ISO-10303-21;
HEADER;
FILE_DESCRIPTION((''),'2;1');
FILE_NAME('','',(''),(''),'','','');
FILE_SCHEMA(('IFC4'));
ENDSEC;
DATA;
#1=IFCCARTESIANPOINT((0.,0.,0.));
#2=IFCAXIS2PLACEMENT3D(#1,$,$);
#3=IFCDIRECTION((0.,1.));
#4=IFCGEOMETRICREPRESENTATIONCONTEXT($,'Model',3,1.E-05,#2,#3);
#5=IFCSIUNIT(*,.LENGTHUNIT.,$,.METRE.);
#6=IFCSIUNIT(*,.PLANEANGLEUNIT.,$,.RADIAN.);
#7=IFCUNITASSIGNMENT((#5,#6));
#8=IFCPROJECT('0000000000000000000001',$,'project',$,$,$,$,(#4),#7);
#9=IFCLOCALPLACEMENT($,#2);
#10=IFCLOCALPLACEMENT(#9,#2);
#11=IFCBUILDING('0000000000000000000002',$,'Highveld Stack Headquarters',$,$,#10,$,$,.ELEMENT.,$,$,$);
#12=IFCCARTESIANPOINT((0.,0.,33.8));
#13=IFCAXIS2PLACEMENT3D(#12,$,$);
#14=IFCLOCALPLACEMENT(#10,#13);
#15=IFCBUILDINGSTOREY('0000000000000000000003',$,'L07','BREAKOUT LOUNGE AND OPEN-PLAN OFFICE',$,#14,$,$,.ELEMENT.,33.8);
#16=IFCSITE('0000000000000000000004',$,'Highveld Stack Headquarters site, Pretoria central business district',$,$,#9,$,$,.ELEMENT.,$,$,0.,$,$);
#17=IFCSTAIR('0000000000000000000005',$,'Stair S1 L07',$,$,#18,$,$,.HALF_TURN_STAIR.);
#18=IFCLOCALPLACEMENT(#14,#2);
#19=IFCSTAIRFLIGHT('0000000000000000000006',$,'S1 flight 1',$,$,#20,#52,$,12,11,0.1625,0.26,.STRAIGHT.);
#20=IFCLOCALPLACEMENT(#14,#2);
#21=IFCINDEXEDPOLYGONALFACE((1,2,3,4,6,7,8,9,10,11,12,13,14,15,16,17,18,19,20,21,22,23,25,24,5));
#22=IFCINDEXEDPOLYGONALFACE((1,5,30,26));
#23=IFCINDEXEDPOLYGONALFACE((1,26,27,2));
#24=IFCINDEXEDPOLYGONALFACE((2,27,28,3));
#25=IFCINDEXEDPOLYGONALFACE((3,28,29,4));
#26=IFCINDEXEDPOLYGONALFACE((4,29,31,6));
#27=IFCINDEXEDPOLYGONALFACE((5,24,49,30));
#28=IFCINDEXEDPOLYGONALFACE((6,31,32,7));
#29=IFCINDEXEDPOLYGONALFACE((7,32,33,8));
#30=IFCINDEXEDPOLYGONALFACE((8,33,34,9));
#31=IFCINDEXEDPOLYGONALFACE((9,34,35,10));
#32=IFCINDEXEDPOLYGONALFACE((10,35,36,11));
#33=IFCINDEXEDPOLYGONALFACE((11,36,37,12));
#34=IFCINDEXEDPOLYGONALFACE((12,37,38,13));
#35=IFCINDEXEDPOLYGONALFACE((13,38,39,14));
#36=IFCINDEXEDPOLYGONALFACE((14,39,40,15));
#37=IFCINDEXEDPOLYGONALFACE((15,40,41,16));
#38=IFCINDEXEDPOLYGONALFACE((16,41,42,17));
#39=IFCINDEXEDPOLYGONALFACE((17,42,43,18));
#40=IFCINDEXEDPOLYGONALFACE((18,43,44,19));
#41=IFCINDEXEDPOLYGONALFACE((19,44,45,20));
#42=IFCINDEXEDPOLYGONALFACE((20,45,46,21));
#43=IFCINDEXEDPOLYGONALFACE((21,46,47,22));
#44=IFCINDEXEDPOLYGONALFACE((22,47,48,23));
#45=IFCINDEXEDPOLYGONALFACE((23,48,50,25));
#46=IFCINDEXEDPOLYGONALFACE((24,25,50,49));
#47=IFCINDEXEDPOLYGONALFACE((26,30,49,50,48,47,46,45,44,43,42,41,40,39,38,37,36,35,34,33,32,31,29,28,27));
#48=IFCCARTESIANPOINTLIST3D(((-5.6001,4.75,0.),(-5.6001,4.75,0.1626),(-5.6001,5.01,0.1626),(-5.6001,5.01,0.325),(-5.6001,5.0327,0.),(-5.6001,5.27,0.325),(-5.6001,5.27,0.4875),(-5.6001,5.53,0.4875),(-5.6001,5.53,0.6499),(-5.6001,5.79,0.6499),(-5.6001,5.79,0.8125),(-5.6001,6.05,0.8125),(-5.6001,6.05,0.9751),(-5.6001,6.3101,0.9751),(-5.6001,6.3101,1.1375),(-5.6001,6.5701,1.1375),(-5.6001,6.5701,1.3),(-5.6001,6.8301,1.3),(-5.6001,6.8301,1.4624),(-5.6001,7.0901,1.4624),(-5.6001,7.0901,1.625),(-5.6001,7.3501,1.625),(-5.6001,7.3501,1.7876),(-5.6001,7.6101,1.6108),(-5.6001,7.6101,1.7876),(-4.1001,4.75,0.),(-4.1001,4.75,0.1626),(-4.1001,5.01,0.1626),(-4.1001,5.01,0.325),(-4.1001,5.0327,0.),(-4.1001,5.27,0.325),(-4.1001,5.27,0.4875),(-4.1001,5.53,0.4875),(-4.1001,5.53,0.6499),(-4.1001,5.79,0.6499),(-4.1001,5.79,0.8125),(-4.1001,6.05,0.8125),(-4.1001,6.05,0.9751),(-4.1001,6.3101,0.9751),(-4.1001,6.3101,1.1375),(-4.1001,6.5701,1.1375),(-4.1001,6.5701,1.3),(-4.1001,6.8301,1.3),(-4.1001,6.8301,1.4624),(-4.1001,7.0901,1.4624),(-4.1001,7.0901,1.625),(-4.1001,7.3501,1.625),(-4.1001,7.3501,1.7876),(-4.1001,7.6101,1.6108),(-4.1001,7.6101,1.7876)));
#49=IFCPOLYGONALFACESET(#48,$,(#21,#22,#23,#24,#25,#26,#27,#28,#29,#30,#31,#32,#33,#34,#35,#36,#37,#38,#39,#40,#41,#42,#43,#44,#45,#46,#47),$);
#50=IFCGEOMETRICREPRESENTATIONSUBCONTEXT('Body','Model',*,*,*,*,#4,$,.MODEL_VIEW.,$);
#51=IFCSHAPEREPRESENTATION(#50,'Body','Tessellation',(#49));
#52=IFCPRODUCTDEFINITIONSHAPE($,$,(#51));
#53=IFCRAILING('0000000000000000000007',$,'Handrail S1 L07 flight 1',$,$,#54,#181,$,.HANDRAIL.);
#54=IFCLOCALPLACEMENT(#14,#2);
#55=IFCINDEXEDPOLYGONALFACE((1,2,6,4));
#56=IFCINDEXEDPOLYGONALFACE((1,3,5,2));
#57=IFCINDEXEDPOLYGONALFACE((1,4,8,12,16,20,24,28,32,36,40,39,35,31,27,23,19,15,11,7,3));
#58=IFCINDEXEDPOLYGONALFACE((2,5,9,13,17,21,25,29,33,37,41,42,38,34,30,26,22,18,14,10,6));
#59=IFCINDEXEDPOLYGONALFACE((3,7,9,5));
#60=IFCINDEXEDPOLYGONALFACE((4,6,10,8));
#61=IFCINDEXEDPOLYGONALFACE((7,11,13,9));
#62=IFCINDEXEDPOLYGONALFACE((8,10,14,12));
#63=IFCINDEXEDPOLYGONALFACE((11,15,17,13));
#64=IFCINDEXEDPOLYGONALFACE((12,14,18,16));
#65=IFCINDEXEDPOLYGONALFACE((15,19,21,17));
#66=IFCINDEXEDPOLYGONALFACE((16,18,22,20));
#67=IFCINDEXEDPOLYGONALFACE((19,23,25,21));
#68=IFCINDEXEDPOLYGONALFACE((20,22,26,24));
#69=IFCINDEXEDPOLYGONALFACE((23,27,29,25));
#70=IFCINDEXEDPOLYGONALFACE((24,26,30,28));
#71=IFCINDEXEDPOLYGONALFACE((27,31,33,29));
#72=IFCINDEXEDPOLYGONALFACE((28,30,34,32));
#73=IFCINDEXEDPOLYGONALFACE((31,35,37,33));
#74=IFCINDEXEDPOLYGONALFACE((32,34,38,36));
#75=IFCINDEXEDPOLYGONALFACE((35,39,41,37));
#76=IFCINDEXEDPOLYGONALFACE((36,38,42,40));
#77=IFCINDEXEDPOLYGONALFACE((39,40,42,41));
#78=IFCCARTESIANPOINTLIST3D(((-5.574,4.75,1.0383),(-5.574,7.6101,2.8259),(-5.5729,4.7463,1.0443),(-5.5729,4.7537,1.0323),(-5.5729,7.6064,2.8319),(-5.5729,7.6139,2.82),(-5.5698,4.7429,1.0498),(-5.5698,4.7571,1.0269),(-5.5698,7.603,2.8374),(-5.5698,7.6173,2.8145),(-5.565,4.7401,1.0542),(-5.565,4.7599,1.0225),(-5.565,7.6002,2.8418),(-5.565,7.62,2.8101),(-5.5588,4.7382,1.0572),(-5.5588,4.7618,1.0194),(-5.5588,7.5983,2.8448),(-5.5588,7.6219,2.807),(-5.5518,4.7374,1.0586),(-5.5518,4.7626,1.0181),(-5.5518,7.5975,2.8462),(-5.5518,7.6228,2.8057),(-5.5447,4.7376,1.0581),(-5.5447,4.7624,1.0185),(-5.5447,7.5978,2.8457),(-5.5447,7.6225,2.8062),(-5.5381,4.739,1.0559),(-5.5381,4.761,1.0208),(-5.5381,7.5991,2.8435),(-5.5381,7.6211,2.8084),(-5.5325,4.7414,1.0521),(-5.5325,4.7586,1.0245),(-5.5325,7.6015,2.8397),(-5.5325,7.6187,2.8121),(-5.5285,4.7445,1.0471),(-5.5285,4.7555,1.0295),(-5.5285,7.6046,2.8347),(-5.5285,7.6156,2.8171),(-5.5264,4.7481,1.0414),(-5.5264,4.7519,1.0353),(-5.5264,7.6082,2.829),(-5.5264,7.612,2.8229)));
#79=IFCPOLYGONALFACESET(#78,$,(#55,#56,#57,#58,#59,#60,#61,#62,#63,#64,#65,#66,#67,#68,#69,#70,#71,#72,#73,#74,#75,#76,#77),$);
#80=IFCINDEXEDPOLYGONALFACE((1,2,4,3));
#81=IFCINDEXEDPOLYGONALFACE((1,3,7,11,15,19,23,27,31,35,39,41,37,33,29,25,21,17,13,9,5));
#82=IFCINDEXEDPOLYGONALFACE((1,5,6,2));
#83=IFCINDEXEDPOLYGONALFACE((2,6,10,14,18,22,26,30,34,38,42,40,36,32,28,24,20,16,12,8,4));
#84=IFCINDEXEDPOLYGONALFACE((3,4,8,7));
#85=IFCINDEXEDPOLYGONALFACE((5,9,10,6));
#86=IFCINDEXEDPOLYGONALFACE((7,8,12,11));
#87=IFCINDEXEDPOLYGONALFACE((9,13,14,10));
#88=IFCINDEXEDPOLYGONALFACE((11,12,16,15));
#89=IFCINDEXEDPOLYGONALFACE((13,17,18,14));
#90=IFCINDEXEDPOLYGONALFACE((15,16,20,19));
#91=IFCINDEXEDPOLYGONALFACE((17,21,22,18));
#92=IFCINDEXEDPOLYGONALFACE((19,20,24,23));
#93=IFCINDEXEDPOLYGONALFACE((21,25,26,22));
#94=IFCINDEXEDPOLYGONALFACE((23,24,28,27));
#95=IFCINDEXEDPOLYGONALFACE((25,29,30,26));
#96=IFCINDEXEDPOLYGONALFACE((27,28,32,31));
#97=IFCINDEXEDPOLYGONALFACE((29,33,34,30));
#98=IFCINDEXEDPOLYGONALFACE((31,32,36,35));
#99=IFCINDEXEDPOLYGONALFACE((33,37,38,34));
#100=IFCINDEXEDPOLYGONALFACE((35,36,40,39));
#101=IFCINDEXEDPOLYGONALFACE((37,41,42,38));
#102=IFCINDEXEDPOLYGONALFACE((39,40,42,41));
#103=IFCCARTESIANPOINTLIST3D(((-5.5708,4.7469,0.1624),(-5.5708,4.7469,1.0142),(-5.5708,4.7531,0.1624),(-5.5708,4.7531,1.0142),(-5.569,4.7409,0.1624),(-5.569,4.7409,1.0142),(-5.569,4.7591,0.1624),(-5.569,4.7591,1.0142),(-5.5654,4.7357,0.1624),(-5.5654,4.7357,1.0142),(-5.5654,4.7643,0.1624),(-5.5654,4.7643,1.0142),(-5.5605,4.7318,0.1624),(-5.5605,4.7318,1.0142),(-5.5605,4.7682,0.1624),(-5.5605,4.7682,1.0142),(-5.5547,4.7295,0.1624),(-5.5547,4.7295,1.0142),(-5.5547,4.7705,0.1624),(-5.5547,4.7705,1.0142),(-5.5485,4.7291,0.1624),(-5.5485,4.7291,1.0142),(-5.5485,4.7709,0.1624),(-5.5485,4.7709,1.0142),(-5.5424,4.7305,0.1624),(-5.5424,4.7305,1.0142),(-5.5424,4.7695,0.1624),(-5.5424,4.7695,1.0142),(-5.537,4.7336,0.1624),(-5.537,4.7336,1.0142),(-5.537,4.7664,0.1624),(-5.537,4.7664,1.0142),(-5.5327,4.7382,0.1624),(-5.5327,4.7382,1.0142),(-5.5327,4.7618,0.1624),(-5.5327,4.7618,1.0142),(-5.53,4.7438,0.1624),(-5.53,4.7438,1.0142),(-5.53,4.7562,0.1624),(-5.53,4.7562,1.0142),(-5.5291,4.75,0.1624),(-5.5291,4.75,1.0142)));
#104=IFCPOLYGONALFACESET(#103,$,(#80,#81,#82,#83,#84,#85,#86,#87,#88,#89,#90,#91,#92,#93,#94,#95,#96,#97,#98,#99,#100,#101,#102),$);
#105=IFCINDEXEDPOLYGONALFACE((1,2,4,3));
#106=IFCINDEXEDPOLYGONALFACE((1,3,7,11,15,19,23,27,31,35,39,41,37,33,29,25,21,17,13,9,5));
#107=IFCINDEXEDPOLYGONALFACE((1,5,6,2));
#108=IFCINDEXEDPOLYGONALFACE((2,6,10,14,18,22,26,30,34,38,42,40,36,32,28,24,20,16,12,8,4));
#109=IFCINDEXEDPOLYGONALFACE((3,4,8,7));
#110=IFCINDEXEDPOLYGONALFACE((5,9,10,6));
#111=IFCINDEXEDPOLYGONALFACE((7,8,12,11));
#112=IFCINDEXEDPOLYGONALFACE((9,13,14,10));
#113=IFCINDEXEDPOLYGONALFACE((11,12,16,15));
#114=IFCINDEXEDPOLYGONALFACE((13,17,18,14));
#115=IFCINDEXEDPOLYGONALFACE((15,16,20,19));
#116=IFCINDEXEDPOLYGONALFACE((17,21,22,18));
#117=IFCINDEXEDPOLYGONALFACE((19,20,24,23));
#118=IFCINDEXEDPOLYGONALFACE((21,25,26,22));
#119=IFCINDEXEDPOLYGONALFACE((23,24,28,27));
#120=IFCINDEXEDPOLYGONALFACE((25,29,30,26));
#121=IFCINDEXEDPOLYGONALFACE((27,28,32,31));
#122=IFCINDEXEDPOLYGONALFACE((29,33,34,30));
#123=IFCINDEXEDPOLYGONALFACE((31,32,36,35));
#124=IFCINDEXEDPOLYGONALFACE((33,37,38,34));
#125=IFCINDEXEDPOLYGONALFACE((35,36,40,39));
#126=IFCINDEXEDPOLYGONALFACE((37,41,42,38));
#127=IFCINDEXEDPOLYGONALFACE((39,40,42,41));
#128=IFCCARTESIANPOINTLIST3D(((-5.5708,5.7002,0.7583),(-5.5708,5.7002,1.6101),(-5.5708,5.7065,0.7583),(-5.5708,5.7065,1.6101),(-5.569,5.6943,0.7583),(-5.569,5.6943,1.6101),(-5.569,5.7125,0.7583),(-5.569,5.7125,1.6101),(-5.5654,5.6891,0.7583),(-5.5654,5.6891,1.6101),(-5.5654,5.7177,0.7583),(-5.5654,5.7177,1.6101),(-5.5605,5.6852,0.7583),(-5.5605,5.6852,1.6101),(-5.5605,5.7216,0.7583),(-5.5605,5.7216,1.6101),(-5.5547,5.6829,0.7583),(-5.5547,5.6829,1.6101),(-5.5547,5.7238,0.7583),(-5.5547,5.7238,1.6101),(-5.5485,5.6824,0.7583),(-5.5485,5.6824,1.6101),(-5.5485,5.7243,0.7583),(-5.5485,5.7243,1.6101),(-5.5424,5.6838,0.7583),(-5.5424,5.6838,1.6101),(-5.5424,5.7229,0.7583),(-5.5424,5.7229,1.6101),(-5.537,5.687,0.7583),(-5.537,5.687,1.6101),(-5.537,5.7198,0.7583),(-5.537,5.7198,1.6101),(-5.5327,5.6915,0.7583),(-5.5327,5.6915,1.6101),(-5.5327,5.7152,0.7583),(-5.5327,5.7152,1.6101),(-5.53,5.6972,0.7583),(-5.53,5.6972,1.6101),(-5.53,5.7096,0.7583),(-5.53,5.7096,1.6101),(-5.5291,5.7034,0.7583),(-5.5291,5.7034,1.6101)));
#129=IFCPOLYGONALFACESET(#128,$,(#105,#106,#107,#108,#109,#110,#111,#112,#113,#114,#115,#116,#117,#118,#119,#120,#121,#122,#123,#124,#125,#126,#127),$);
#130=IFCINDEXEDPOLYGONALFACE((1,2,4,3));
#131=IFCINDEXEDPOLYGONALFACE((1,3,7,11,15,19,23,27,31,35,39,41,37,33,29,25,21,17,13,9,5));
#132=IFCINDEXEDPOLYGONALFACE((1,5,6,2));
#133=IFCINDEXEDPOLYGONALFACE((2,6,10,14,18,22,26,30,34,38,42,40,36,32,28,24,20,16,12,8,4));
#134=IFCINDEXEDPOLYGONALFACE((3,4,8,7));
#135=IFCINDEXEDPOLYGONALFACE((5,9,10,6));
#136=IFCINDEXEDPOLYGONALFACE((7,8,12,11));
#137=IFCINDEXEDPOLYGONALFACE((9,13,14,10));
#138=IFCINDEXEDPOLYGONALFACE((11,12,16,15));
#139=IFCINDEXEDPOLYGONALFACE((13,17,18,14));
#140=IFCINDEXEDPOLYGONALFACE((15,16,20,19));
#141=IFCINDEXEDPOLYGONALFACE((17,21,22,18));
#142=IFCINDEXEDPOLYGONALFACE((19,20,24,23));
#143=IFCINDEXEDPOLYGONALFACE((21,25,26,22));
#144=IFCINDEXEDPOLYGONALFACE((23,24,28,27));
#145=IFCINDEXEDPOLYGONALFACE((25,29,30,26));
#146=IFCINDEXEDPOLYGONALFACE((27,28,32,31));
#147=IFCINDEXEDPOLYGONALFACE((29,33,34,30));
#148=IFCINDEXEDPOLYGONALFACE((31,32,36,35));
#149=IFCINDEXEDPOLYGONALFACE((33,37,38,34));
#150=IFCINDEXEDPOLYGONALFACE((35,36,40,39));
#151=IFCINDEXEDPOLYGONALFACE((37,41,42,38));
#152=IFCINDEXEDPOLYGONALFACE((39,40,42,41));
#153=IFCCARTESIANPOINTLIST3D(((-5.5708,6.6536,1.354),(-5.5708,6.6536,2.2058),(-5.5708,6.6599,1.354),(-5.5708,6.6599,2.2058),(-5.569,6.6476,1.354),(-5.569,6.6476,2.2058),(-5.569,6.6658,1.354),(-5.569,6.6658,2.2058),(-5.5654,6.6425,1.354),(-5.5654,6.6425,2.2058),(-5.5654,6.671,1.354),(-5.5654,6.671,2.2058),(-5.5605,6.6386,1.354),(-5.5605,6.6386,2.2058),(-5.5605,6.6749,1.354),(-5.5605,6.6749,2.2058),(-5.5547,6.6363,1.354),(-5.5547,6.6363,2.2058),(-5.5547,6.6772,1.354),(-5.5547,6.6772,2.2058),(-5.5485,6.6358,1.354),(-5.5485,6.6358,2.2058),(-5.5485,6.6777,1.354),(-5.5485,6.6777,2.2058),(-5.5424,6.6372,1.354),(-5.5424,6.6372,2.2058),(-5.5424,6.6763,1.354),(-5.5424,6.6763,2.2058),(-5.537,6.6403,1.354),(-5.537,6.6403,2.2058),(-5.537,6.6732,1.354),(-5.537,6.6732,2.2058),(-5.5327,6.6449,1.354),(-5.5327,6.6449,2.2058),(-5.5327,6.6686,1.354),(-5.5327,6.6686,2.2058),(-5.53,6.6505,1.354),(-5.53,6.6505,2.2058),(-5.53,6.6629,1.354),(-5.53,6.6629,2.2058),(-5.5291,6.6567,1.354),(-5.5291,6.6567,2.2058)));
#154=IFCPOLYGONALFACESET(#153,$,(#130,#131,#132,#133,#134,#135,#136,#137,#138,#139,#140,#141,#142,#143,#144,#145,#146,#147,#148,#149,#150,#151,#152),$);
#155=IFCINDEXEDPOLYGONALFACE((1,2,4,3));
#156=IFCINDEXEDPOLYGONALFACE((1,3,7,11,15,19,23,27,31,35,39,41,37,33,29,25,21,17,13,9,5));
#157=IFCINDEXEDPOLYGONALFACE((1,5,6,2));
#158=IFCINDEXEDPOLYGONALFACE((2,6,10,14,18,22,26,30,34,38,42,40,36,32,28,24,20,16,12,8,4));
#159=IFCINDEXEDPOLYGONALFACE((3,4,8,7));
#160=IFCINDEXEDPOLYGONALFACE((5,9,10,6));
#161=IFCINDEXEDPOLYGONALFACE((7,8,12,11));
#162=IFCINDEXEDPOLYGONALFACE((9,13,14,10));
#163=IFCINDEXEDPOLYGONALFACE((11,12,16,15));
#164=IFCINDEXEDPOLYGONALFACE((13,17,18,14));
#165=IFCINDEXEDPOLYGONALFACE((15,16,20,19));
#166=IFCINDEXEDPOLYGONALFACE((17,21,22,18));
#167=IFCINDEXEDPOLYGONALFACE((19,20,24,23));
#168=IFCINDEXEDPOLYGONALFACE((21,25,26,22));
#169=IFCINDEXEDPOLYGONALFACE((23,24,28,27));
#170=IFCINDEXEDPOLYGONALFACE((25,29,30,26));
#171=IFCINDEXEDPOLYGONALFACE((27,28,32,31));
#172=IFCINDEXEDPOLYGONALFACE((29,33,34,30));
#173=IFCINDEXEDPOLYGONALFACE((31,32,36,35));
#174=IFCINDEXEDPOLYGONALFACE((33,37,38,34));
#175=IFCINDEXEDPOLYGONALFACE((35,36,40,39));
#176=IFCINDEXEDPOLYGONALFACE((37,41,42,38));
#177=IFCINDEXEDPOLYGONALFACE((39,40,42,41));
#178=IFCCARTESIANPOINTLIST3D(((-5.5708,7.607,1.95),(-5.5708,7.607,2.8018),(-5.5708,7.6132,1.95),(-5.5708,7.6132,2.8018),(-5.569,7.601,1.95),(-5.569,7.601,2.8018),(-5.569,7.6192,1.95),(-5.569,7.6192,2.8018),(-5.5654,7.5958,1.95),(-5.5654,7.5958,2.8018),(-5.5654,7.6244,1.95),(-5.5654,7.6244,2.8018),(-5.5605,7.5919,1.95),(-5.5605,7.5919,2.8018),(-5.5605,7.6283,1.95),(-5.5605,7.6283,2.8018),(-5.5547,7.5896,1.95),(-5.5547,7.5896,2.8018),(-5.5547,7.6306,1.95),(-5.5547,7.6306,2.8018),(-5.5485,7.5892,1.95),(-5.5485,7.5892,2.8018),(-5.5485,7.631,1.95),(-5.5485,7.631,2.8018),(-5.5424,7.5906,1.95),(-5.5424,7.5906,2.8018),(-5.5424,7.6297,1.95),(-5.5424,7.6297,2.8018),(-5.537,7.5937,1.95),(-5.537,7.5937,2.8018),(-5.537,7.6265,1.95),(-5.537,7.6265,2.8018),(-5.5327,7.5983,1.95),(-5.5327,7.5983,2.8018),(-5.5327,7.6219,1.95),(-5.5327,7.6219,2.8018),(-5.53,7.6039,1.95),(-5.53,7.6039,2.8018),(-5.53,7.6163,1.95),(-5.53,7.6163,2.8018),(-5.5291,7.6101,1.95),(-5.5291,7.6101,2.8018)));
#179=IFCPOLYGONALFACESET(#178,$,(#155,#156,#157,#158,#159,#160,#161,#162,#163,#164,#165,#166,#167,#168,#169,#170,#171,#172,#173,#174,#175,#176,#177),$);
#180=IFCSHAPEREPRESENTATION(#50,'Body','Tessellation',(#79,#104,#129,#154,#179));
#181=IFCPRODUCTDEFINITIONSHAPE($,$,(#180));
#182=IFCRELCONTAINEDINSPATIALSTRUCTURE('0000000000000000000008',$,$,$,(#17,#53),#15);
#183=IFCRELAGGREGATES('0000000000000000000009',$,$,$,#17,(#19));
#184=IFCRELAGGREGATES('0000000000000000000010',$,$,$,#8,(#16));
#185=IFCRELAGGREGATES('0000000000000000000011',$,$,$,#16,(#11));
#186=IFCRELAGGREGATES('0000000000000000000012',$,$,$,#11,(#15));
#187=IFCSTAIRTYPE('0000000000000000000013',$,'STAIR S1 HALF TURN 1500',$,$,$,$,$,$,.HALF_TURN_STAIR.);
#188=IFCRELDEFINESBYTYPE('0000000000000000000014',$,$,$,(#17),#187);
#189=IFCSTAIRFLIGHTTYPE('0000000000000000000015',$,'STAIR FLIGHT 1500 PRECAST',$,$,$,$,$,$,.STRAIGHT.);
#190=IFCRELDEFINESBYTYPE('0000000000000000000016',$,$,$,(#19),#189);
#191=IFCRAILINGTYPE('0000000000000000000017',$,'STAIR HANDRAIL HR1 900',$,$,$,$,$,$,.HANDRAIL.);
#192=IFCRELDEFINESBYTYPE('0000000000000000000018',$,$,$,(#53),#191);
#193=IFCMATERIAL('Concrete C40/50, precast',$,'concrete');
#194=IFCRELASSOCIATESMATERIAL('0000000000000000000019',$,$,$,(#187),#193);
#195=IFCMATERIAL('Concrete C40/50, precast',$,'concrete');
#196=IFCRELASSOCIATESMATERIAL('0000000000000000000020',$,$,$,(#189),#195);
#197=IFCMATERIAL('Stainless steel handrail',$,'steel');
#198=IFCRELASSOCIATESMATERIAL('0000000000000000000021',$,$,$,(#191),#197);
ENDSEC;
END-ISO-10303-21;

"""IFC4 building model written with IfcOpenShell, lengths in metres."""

from ifc_helpers import new_model, si_unit, direction, frame, origin, origin_2d, place, context, subcontext, project, spatial, polyline, circle, outline, extrude, material, type_object, element, aggregate, save


model = new_model("IFC4")

# Units and contexts
model_context = context("Model", 3, precision=1e-05, world=origin(), true_north=direction((0.0, 1.0)))
body_context = subcontext(model_context, "Body", "Model", "MODEL_VIEW")
ifc_project = project(units=[si_unit("LENGTHUNIT", "METRE"), si_unit("PLANEANGLEUNIT", "RADIAN")], contexts=[model_context])

# Site, building, storey
site_placement = place(None, origin())
site = spatial("IfcSite", under=ifc_project, at=site_placement, Name="Highveld Stack Headquarters site, Pretoria central business district", CompositionType="ELEMENT", RefElevation=0.0)
building_placement = place(site_placement, origin())
building = spatial("IfcBuilding", under=site, at=building_placement, Name="Highveld Stack Headquarters", CompositionType="ELEMENT")
storey_placement = place(building_placement, frame((0.0, 0.0, 33.8)))
storey = spatial("IfcBuildingStorey", under=building, at=storey_placement, Name="L07", Description="BREAKOUT LOUNGE AND OPEN-PLAN OFFICE", CompositionType="ELEMENT", Elevation=33.8)

# Stair, stair flight
ifc_material_1 = material(Name="Concrete C40/50, precast", Category="concrete")
stair_type = type_object("IfcStairType", Name="STAIR S1 HALF TURN 1500", PredefinedType="HALF_TURN_STAIR", material=ifc_material_1)
stair_placement = place(storey_placement, origin())
stair = element("IfcStair", 1, at=stair_placement, inside=storey, type_object=stair_type, Name="Stair S1 L07", PredefinedType="HALF_TURN_STAIR")
ifc_material_2 = material(Name="Concrete C40/50, precast", Category="concrete")
stair_flight_type = type_object("IfcStairFlightType", Name="STAIR FLIGHT 1500 PRECAST", PredefinedType="STRAIGHT", material=ifc_material_2)
stair_flight_placement = place(storey_placement, frame((-4.8501, 4.75, 0.0), z_axis=(0.0, 0.0, 1.0), x_axis=(0.0, 1.0, 0.0)))
stair_flight = element("IfcStairFlight", 2, at=stair_flight_placement, type_object=stair_flight_type, Name="S1 flight 1", NumberOfRisers=12, NumberOfTreads=11, PredefinedType="STRAIGHT", RiserHeight=0.1625, TreadLength=0.26, context=body_context, shape_type="SweptSolid", body=[
    extrude(outline(polyline([(0.0, 0.0), (0.0, 0.1626), (0.26, 0.1626), (0.26, 0.325), (0.52, 0.325), (0.52, 0.4875), (0.78, 0.4875), (0.78, 0.6499), (1.04, 0.6499), (1.04, 0.8125), (1.3, 0.8125), (1.3, 0.9751), (1.5601, 0.9751), (1.5601, 1.1375), (1.8201, 1.1375), (1.8201, 1.3), (2.0801, 1.3), (2.0801, 1.4624), (2.3401, 1.4624), (2.3401, 1.625), (2.6001, 1.625), (2.6001, 1.7876), (2.8601, 1.7876), (2.8601, 1.95), (2.8601, 1.6108), (0.2827, 0.0), (0.0, 0.0)])), frame((0.0, 0.75, 0.0), z_axis=(0.0, -1.0, 0.0), x_axis=(1.0, 0.0, 0.0)), (0.0, 0.0, 1.0), 1.5),
])
aggregate(stair, [stair_flight])

# Railing
ifc_material_3 = material(Name="Stainless steel handrail", Category="steel")
railing_type = type_object("IfcRailingType", Name="STAIR HANDRAIL HR1 900", PredefinedType="HANDRAIL", material=ifc_material_3)
for number, where, name in (
    (3, (-5.55, 4.75, 0.1624), "Handrail S1 L07 flight 1"),
):
    element("IfcRailing", number, at=place(storey_placement, frame(where)), inside=storey, type_object=railing_type, Name=name, PredefinedType="HANDRAIL", context=body_context, shape_type="SweptSolid", body=[
        extrude(circle(Radius=0.0239, at=origin_2d()), frame((0.0, 0.0, 0.876), z_axis=(0.0, 0.847994, 0.530005), x_axis=(-1.0, 0.0, 0.0)), (0.0, 0.0, 1.0), 3.3728),
        extrude(circle(Radius=0.021, at=origin_2d()), origin(), (0.0, 0.0, 1.0), 0.8518),
        extrude(circle(Radius=0.021, at=origin_2d()), frame((0.0, 0.9534, 0.5959)), (0.0, 0.0, 1.0), 0.8518),
        extrude(circle(Radius=0.021, at=origin_2d()), frame((0.0, 1.9067, 1.1917)), (0.0, 0.0, 1.0), 0.8518),
        extrude(circle(Radius=0.021, at=origin_2d()), frame((0.0, 2.8601, 1.7876)), (0.0, 0.0, 1.0), 0.8518),
    ])

save(model, "model.ifc")
